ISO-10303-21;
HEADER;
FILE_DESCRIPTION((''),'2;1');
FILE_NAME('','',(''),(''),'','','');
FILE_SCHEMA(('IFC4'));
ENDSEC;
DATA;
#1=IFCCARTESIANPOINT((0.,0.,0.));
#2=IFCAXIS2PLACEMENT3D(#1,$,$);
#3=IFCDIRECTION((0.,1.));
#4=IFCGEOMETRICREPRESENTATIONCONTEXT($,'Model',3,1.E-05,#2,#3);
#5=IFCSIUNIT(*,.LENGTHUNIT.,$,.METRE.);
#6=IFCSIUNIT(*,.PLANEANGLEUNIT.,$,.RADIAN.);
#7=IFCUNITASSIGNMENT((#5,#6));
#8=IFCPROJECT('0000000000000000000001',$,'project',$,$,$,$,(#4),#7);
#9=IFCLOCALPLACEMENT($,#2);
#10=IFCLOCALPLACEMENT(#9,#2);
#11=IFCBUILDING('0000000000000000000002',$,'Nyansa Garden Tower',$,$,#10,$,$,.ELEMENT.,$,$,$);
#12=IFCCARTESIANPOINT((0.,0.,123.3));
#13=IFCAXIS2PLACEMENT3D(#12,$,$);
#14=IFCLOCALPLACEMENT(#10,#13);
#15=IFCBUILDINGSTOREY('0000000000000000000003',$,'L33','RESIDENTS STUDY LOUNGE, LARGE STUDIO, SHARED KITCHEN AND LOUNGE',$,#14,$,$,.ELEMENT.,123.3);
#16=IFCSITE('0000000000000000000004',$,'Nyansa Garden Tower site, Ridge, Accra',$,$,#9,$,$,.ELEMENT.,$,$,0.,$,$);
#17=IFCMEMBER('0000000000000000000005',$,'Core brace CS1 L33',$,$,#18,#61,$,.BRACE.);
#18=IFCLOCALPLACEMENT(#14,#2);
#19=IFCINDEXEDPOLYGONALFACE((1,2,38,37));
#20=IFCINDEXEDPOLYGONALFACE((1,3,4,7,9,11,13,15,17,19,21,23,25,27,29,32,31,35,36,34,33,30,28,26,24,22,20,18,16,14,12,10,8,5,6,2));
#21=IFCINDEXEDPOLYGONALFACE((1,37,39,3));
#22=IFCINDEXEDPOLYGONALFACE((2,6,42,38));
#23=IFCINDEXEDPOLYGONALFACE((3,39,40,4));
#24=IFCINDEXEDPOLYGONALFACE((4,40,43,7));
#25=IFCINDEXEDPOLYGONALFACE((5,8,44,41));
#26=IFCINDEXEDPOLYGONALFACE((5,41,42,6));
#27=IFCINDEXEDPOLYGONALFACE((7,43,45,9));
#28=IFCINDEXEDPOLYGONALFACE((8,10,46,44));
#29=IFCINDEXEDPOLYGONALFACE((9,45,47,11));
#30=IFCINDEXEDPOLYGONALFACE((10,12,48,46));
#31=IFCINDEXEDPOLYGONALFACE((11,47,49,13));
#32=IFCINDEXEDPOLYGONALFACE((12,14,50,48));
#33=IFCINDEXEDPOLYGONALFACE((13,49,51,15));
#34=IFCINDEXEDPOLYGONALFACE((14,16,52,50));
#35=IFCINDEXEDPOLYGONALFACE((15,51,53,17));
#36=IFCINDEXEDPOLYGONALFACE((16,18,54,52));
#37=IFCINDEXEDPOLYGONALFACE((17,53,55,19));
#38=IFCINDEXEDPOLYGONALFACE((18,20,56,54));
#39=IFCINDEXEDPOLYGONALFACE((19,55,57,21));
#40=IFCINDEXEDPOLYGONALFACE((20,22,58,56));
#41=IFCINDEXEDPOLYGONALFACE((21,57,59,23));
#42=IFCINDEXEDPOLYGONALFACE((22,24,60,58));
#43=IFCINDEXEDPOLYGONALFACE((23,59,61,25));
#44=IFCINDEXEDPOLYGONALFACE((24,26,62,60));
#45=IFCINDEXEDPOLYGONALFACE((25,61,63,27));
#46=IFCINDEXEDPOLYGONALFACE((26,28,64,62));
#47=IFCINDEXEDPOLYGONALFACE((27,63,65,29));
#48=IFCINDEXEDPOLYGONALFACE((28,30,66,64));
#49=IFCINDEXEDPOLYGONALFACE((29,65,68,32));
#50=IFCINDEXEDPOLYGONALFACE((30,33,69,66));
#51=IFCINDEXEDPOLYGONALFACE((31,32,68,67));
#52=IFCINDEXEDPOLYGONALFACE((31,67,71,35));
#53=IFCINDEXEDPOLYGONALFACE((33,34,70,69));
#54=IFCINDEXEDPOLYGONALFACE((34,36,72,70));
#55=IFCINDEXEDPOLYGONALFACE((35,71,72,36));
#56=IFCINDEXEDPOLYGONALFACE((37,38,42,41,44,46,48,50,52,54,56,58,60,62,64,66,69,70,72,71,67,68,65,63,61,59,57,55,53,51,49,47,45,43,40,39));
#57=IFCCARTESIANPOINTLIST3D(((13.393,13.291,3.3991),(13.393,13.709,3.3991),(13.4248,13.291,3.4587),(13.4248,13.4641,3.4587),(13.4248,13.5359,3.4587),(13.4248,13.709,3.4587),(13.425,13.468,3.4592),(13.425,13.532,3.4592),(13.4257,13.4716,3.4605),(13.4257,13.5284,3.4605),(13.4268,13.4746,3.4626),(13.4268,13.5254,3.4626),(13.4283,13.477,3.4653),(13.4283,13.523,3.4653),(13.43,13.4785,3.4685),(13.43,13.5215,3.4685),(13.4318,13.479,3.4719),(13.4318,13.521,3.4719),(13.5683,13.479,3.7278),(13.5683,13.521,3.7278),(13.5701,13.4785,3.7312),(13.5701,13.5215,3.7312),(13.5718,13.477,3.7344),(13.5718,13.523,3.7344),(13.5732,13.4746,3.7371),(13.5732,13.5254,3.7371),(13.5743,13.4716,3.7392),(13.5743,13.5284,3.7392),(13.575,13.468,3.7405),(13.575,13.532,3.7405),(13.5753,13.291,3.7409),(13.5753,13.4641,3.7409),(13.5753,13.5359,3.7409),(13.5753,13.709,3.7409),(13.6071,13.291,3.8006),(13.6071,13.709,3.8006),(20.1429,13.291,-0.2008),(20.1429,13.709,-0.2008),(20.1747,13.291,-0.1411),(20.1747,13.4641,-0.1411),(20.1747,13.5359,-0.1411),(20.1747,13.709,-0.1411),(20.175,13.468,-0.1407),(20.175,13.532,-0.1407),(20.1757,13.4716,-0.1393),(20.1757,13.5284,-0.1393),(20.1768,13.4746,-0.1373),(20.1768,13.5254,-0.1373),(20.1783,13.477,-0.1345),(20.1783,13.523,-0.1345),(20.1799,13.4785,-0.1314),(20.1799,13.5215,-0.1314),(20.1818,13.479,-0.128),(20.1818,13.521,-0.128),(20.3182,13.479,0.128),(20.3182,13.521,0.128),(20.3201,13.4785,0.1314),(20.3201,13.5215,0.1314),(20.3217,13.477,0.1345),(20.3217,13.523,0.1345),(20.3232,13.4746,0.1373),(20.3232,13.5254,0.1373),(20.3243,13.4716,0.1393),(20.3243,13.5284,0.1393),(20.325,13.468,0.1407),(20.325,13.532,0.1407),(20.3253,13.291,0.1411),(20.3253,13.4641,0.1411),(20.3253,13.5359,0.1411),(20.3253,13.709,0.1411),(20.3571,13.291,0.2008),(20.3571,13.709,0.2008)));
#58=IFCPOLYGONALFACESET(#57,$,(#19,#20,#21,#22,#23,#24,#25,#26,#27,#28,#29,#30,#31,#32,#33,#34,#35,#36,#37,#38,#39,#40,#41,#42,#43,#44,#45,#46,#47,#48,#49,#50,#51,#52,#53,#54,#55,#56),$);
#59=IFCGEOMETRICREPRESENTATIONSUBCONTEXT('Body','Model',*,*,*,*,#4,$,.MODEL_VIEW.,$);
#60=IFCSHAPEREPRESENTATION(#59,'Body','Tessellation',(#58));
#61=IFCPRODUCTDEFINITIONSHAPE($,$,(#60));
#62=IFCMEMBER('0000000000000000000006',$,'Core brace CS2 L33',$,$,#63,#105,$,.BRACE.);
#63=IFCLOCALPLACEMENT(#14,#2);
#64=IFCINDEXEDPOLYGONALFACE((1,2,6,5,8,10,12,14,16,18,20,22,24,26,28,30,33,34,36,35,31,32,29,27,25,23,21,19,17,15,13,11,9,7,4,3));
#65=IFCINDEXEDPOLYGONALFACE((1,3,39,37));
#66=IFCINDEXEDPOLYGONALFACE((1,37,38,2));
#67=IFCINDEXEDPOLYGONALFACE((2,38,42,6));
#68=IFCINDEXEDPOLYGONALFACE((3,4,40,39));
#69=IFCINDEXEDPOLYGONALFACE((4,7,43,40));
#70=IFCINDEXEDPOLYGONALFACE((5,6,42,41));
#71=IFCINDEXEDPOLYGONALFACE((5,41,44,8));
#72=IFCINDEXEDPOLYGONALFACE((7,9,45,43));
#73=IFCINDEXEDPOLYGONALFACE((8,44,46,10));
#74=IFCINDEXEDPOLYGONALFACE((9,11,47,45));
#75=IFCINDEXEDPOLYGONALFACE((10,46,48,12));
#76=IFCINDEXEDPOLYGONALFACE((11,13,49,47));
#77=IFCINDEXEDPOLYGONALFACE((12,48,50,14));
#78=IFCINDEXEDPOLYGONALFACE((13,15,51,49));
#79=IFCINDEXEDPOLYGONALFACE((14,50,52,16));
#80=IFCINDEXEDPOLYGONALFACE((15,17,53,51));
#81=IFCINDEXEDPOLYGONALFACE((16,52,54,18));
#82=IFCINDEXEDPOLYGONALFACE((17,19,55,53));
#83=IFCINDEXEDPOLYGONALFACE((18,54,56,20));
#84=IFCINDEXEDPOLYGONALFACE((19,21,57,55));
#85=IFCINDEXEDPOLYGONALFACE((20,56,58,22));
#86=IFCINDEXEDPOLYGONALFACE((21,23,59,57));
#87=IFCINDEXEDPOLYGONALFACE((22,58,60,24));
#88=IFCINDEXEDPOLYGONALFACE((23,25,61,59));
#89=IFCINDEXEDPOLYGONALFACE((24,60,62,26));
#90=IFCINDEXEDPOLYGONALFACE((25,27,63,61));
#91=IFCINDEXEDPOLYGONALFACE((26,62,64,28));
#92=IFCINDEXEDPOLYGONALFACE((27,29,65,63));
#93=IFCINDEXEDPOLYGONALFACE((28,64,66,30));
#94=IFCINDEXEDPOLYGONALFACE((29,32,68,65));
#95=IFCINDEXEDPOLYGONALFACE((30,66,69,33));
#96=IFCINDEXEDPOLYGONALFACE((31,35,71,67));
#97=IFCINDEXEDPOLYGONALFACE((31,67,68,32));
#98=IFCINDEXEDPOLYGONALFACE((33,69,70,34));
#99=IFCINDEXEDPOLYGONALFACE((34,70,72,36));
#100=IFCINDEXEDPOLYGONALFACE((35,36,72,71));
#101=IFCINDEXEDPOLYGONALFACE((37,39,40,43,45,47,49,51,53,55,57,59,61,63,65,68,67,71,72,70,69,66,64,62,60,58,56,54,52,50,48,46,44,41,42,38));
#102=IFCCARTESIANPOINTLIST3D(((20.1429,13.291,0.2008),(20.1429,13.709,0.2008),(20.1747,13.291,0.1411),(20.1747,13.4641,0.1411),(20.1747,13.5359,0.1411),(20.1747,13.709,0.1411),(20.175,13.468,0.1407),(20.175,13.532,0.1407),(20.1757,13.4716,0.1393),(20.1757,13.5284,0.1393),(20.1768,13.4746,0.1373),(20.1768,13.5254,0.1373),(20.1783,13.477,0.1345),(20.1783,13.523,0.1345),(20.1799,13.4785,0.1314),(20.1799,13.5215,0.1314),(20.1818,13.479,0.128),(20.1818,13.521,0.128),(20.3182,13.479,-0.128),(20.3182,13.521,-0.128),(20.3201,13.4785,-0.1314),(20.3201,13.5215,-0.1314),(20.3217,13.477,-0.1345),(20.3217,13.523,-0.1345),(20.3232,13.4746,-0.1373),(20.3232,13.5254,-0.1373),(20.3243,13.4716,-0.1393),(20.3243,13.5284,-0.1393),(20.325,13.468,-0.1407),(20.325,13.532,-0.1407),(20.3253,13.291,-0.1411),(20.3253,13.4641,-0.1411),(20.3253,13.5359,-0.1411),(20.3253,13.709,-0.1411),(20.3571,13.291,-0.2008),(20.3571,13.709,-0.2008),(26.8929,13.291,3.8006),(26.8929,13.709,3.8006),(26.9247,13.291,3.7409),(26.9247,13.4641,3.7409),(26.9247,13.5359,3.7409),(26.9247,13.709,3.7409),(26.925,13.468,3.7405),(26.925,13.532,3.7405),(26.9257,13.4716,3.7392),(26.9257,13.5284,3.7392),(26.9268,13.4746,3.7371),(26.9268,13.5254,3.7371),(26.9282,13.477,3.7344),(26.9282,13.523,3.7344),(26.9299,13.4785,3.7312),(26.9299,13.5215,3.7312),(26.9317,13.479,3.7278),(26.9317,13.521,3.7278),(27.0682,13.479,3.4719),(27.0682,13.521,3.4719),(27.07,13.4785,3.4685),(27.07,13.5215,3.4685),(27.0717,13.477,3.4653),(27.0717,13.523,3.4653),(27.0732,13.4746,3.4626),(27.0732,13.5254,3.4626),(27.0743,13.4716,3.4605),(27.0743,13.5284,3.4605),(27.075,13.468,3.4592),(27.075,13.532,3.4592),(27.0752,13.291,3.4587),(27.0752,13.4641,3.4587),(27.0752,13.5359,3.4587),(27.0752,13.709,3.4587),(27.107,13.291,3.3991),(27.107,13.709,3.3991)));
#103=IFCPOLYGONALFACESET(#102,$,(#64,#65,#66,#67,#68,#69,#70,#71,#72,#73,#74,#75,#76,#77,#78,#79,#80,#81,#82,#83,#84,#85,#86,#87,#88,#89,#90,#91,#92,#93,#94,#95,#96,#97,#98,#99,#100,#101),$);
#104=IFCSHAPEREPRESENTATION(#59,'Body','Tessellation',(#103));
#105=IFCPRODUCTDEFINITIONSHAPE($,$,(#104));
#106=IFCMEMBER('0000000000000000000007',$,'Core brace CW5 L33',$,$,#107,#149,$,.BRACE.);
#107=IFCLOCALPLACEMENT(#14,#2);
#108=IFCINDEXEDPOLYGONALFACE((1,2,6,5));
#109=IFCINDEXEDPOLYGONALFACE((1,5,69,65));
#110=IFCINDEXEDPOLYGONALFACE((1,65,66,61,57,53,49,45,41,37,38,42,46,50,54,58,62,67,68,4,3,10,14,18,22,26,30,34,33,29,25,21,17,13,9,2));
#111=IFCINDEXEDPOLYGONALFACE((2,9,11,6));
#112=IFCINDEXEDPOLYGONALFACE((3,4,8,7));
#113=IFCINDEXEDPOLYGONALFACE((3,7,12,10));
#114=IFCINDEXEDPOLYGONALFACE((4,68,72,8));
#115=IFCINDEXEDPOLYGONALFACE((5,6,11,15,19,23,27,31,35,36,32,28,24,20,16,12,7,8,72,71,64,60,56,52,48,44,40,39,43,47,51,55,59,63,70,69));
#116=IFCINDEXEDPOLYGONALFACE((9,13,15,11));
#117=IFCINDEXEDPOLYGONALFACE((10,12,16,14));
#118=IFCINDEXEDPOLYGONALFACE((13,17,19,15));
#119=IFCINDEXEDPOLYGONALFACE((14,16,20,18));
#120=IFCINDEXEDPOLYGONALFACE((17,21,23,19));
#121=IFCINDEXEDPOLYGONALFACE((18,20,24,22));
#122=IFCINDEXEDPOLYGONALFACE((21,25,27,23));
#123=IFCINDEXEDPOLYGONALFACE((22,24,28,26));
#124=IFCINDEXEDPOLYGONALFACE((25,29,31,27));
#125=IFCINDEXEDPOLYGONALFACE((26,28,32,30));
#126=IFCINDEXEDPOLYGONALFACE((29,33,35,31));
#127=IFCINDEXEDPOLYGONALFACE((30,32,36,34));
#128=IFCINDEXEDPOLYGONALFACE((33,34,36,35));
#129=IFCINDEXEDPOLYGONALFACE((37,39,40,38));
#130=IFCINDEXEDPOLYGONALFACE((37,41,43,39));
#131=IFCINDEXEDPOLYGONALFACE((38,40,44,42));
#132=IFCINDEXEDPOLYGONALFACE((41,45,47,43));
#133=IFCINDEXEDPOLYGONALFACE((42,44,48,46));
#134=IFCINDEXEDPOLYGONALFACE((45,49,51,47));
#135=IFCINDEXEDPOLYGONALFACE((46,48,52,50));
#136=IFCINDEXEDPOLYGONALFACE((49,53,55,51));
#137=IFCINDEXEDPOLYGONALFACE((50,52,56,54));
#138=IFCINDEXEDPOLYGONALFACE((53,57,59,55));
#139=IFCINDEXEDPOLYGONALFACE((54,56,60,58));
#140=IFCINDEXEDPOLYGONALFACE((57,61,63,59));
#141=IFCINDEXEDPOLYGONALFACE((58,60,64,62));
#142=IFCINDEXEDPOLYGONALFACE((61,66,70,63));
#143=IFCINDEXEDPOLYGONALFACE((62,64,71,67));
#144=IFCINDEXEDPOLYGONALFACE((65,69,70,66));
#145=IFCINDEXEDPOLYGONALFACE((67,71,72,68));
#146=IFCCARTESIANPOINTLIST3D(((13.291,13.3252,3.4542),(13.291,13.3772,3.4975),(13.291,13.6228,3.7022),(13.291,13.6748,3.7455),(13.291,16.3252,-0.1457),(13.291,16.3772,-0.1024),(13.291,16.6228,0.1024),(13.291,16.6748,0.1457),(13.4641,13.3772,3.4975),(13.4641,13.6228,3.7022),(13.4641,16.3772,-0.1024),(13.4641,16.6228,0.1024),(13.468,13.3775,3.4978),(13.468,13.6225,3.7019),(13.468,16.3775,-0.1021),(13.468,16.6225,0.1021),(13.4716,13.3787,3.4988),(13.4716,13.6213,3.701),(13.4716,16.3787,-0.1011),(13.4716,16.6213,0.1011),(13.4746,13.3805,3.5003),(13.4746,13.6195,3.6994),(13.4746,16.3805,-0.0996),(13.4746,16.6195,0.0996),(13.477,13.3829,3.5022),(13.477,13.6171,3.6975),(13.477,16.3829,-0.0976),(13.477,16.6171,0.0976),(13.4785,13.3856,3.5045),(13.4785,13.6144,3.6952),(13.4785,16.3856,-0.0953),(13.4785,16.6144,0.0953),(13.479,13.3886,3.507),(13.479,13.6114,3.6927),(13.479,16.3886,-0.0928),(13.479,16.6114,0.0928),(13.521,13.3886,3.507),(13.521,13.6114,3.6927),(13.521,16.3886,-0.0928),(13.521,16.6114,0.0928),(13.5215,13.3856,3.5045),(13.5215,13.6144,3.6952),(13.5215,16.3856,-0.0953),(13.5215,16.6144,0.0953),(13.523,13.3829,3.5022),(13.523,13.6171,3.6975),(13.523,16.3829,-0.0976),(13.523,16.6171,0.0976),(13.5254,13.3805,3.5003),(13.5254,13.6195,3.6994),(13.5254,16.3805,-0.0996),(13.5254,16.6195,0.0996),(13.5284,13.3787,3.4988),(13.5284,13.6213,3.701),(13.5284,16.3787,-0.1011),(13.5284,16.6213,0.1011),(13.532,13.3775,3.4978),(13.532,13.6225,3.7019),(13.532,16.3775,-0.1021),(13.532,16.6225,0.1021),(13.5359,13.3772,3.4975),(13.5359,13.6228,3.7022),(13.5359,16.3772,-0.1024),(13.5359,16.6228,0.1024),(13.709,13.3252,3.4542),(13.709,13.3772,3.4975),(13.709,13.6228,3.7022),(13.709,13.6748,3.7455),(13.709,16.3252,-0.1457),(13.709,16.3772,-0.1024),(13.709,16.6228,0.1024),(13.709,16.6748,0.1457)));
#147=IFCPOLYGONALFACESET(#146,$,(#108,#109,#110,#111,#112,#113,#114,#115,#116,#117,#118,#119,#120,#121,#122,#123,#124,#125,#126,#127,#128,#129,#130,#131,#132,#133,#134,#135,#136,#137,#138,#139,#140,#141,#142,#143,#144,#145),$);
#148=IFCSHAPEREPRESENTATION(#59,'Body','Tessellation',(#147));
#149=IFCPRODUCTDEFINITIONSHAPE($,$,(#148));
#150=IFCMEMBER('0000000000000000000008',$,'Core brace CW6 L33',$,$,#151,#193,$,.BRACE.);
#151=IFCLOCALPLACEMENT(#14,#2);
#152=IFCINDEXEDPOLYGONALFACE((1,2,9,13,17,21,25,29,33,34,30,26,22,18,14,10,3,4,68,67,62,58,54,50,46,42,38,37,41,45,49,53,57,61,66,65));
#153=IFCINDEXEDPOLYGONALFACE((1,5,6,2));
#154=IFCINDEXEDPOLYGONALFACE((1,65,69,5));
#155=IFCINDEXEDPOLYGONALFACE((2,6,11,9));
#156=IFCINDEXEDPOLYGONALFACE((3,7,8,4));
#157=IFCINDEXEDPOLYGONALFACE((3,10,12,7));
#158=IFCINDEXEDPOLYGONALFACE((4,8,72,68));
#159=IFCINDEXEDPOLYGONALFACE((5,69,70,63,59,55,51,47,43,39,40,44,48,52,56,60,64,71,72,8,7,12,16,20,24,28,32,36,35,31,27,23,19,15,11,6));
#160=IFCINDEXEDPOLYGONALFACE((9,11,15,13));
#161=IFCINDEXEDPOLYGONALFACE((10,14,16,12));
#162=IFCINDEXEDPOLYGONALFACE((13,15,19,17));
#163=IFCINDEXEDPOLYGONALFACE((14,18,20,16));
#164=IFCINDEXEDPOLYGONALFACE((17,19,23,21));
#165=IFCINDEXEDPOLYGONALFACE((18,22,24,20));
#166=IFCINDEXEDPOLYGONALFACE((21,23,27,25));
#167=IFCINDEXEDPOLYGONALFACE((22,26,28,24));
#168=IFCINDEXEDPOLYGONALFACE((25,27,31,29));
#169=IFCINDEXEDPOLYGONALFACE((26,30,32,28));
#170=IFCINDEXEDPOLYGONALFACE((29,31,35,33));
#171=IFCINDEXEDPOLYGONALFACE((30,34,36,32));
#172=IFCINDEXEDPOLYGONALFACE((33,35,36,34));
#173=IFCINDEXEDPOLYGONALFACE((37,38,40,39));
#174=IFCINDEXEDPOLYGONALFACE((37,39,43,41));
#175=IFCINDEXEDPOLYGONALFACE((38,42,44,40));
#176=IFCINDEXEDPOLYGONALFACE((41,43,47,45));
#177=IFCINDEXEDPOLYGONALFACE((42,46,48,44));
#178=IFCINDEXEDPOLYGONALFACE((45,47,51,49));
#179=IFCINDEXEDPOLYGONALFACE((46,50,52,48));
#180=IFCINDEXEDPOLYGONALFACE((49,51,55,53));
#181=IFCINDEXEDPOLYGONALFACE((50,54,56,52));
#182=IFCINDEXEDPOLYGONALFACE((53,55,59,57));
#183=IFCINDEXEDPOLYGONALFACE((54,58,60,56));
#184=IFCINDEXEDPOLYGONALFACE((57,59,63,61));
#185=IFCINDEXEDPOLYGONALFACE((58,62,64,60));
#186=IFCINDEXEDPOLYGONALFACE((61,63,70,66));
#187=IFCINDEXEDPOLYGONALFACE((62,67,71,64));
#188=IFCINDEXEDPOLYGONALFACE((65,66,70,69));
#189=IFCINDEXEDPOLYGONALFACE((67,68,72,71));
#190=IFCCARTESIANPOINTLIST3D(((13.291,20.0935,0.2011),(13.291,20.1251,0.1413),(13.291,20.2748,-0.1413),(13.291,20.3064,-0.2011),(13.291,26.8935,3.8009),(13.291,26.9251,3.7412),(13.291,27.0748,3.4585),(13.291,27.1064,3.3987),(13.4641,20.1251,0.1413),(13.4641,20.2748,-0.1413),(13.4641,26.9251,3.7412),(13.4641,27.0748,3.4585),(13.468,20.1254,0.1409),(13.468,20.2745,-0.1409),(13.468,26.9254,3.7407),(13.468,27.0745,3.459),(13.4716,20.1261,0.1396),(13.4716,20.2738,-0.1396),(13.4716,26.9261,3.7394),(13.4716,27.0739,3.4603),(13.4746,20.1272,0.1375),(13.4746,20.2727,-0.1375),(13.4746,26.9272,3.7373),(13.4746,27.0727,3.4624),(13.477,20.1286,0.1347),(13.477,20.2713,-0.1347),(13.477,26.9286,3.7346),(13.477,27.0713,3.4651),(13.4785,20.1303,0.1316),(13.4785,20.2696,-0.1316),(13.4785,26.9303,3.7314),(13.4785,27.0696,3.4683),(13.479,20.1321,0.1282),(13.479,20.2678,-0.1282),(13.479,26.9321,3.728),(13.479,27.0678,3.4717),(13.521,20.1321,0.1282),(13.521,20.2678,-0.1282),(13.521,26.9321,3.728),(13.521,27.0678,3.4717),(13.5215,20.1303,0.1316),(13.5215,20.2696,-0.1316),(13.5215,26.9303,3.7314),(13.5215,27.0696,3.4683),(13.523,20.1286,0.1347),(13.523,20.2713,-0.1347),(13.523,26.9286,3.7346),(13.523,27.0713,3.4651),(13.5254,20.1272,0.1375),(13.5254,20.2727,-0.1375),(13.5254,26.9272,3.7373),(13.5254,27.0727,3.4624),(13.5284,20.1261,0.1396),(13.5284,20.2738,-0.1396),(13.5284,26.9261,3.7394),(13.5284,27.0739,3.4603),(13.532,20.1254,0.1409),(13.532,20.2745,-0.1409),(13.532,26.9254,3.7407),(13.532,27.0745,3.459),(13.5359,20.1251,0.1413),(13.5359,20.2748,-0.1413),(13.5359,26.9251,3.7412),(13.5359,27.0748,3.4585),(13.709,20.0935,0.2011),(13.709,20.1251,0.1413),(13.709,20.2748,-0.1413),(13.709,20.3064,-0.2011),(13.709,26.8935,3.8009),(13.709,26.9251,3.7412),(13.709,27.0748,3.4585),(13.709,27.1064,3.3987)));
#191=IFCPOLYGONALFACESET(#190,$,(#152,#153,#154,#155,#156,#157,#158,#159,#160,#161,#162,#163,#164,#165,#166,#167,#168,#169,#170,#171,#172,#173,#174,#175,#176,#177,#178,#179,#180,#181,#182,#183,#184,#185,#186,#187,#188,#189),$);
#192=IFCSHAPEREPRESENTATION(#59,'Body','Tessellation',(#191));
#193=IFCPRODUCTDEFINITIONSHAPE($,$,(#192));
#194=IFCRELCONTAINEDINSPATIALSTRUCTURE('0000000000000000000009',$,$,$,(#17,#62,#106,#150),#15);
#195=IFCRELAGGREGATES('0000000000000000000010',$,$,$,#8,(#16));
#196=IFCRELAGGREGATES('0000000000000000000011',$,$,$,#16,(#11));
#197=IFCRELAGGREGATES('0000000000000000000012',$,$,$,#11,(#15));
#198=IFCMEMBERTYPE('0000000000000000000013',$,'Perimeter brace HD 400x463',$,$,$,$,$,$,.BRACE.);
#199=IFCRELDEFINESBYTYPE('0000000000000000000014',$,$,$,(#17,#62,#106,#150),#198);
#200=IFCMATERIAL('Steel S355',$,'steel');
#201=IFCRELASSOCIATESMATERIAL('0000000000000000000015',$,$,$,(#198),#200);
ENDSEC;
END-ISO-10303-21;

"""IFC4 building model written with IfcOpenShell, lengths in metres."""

from ifc_helpers import new_model, si_unit, direction, frame, origin, origin_2d, place, context, subcontext, project, spatial, i_section, extrude, material, material_profile, profile_set, type_object, element, save


model = new_model("IFC4")

# Units and contexts
model_context = context("Model", 3, precision=1e-05, world=origin(), true_north=direction((0.0, 1.0)))
body_context = subcontext(model_context, "Body", "Model", "MODEL_VIEW")
ifc_project = project(units=[si_unit("LENGTHUNIT", "METRE"), si_unit("PLANEANGLEUNIT", "RADIAN")], contexts=[model_context])

# Site, building, storey
site_placement = place(None, origin())
site = spatial("IfcSite", under=ifc_project, at=site_placement, Name="Nyansa Garden Tower site, Ridge, Accra", CompositionType="ELEMENT", RefElevation=0.0)
building_placement = place(site_placement, origin())
building = spatial("IfcBuilding", under=site, at=building_placement, Name="Nyansa Garden Tower", CompositionType="ELEMENT")
storey_placement = place(building_placement, frame((0.0, 0.0, 123.3)))
storey = spatial("IfcBuildingStorey", under=building, at=storey_placement, Name="L33", Description="RESIDENTS STUDY LOUNGE, LARGE STUDIO, SHARED KITCHEN AND LOUNGE", CompositionType="ELEMENT", Elevation=123.3)

# Members
ifc_material_1 = material(Name="Steel S355", Category="steel")
ifc_material_profile_1 = material_profile(ifc_material_1, i_section(OverallWidth=0.418, OverallDepth=0.4551, WebThickness=0.042, FlangeThickness=0.0676, FilletRadius=0.0149, at=origin_2d()), Name="HD 400x463")
ifc_profile_set_1 = profile_set([ifc_material_profile_1], Name="Steel S355")
member_type = type_object("IfcMemberType", Name="Perimeter brace HD 400x463", PredefinedType="BRACE", material=ifc_profile_set_1)
for number, where, z_axis, x_axis, name in (
    (1, (20.25, 13.5, 0.0), (-0.882361, 0.0, 0.470573), (0.0, -1.0, 0.0), "Core brace CS1 L33"),
    (2, (20.25, 13.5, 0.0), (0.882361, 0.0, 0.470573), (0.0, 1.0, 0.0), "Core brace CS2 L33"),
):
    element("IfcMember", number, at=place(storey_placement, frame(where, z_axis=z_axis, x_axis=x_axis)), inside=storey, type_object=member_type, Name=name, PredefinedType="BRACE", context=body_context, shape_type="SweptSolid", body=[
        extrude(i_section(OverallWidth=0.418, OverallDepth=0.4551, WebThickness=0.042, FlangeThickness=0.0676, FilletRadius=0.0149, at=origin_2d()), origin(), (0.0, 0.0, 1.0), 7.6499),
    ])
member_1_placement = place(storey_placement, frame((13.5, 16.5, 0.0), z_axis=(0.0, -0.6402, 0.768208), x_axis=(1.0, 0.0, 0.0)))
element("IfcMember", 3, at=member_1_placement, inside=storey, type_object=member_type, Name="Core brace CW5 L33", PredefinedType="BRACE", context=body_context, shape_type="SweptSolid", body=[
    extrude(i_section(OverallWidth=0.418, OverallDepth=0.4551, WebThickness=0.042, FlangeThickness=0.0676, FilletRadius=0.0149, at=origin_2d()), origin(), (0.0, 0.0, 1.0), 4.686),
])
member_2_placement = place(storey_placement, frame((13.5, 20.2, 0.0), z_axis=(0.0, 0.883797, 0.46787), x_axis=(-1.0, 0.0, 0.0)))
element("IfcMember", 4, at=member_2_placement, inside=storey, type_object=member_type, Name="Core brace CW6 L33", PredefinedType="BRACE", context=body_context, shape_type="SweptSolid", body=[
    extrude(i_section(OverallWidth=0.418, OverallDepth=0.4551, WebThickness=0.042, FlangeThickness=0.0676, FilletRadius=0.0149, at=origin_2d()), origin(), (0.0, 0.0, 1.0), 7.6941),
])

save(model, "model.ifc")
